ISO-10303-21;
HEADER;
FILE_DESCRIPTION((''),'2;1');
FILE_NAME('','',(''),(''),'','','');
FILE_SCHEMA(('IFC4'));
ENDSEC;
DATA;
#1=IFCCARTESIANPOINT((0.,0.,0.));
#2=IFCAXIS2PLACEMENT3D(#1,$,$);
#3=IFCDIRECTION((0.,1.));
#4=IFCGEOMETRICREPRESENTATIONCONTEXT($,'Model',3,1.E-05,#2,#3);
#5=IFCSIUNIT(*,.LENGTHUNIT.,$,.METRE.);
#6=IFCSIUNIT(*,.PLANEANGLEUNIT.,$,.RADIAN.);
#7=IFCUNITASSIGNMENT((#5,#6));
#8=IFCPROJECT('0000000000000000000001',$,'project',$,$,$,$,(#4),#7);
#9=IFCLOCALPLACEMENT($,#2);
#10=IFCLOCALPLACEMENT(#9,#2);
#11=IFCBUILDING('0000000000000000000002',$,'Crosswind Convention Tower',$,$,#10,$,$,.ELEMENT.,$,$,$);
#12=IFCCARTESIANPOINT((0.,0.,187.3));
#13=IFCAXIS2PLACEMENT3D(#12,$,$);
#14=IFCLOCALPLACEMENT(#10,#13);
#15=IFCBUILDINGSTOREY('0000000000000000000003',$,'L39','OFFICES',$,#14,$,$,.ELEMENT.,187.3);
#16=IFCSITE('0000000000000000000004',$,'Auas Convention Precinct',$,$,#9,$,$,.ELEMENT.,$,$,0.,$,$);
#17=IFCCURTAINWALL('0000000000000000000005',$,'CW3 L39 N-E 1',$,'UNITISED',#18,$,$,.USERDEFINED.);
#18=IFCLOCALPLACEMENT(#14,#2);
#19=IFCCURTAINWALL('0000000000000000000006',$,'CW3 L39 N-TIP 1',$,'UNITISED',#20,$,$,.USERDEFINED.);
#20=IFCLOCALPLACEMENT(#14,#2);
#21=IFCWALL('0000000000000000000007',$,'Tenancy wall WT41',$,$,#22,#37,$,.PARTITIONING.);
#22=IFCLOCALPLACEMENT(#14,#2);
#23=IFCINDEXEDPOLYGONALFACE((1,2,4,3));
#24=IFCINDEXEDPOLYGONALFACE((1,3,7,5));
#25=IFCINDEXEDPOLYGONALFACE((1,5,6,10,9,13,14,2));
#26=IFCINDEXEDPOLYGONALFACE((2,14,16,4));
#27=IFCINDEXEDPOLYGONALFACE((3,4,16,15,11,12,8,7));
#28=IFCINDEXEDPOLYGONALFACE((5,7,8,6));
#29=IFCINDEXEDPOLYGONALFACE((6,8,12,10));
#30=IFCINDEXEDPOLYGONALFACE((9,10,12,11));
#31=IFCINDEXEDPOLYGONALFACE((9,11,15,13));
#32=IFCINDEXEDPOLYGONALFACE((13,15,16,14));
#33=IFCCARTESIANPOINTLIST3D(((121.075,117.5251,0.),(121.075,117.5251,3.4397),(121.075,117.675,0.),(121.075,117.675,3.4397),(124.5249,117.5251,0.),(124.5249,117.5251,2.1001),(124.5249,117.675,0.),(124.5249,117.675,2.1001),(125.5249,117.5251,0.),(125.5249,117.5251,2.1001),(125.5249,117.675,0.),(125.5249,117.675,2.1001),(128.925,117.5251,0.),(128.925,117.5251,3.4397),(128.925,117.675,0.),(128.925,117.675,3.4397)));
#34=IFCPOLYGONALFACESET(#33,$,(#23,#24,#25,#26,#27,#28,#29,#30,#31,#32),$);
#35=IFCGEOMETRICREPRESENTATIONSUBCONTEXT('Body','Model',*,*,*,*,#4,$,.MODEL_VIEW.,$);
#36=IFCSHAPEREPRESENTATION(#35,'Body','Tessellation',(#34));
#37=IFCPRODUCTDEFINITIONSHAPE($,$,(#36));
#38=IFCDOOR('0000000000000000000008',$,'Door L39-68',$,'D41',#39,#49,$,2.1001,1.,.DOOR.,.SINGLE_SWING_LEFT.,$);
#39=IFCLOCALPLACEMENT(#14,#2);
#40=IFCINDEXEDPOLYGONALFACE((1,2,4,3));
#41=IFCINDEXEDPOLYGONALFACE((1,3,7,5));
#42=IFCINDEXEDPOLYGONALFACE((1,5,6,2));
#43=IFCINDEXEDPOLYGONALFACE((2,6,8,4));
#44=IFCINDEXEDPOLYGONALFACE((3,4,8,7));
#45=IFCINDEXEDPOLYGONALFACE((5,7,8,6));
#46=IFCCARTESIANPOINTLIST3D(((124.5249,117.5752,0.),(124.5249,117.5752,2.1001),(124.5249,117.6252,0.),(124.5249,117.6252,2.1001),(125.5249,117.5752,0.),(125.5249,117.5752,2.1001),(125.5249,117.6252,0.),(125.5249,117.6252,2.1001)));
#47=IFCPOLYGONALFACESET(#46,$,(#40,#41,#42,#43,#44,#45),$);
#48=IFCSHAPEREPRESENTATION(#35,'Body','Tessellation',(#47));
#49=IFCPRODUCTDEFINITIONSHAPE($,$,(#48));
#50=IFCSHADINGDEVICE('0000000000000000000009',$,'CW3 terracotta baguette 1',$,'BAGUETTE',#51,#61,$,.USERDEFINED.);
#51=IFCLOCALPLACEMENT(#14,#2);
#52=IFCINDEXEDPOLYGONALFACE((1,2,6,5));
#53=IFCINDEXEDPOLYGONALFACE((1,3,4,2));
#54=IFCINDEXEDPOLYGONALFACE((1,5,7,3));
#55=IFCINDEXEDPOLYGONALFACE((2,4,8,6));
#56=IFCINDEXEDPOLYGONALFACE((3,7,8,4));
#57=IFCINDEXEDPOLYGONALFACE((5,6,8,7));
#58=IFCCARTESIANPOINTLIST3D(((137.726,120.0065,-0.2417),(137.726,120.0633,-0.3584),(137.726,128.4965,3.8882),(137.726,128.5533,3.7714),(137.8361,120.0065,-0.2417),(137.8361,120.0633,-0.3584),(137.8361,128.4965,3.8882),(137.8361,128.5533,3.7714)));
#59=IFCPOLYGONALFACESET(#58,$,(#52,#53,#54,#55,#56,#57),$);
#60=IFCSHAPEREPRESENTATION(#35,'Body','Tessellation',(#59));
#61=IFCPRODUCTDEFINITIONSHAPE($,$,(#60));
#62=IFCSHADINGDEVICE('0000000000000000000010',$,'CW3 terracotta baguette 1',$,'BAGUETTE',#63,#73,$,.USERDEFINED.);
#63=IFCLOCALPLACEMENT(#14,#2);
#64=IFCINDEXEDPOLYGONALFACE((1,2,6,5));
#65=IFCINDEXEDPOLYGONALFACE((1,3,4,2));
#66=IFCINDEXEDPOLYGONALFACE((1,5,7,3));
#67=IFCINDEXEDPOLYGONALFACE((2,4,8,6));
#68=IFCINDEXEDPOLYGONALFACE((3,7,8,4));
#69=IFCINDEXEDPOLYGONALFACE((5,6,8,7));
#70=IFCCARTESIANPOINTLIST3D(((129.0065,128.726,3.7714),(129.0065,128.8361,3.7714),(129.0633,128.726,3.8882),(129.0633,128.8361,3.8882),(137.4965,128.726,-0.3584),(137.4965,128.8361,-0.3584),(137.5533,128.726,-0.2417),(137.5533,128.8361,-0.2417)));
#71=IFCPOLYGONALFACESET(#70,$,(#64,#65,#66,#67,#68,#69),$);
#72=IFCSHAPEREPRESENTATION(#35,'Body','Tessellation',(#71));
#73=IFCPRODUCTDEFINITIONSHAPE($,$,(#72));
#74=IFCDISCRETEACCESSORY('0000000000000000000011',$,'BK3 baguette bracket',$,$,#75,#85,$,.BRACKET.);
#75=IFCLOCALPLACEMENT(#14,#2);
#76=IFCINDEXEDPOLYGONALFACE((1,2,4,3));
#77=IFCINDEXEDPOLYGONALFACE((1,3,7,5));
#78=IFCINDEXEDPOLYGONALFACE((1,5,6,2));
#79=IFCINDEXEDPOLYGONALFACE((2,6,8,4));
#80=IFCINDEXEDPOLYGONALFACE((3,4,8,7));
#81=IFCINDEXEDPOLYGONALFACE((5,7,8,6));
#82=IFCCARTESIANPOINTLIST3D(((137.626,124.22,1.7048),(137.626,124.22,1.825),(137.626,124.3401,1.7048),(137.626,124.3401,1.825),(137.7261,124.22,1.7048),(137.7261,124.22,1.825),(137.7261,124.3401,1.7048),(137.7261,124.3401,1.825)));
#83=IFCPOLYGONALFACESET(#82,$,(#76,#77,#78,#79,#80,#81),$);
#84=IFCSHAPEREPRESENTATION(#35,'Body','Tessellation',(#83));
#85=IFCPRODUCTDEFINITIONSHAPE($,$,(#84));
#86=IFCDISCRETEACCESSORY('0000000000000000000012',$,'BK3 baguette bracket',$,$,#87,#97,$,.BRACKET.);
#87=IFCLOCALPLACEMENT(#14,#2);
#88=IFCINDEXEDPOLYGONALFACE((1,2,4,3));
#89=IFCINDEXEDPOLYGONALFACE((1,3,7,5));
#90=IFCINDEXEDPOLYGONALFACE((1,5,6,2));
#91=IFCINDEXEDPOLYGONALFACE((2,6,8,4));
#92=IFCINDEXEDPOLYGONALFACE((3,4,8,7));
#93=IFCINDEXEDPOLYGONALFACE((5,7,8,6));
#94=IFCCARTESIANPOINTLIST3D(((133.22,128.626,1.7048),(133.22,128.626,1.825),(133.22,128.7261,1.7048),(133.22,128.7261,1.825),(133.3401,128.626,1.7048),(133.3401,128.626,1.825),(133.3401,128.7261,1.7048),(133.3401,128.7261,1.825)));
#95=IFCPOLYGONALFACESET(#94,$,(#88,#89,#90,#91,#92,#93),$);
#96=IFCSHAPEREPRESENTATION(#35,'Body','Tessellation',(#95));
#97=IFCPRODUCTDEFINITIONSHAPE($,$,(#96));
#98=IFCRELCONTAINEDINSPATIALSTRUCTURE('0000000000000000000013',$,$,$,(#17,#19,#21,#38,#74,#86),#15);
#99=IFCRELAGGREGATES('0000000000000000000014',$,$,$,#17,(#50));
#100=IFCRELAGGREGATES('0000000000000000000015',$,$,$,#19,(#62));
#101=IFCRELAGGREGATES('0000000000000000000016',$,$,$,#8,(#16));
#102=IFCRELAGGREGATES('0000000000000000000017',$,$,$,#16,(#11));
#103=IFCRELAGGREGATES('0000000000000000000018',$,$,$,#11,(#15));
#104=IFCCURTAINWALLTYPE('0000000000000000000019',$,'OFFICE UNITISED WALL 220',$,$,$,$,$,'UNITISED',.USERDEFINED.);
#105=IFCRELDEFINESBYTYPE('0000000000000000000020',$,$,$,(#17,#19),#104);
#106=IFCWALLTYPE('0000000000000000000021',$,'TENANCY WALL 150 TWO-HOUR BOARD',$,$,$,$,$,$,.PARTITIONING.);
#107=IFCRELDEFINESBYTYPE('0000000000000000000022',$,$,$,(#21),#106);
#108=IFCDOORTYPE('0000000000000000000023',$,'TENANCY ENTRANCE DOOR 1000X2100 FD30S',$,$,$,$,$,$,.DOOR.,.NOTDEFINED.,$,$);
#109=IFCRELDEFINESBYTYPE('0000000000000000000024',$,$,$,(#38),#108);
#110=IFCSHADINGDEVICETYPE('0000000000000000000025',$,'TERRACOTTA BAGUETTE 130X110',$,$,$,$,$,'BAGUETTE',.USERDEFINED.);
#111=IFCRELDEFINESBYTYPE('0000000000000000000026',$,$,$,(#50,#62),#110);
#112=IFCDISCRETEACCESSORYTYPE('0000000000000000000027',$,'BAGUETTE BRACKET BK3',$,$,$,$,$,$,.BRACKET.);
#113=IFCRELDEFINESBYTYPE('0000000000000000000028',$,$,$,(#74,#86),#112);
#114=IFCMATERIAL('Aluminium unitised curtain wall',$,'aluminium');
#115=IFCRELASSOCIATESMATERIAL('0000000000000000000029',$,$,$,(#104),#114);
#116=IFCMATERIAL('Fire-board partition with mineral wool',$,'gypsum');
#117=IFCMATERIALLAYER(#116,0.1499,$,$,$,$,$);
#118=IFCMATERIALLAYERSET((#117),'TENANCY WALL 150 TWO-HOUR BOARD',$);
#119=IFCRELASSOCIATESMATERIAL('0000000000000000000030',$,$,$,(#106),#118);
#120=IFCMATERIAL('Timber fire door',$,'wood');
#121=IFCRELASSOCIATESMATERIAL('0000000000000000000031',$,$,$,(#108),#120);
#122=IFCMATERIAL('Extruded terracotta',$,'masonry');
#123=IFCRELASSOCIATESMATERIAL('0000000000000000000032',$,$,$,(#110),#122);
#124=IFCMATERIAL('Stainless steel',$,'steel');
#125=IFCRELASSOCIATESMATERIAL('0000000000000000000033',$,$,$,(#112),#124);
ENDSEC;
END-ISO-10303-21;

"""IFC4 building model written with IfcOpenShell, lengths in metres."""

from ifc_helpers import new_model, si_unit, direction, frame, frame_2d, origin, origin_2d, place, context, subcontext, project, spatial, rectangle, extrude, material, layer, layer_set, material_profile, profile_set, type_object, element, fill, aggregate, save


model = new_model("IFC4")

# Units and contexts
model_context = context("Model", 3, precision=1e-05, world=origin(), true_north=direction((0.0, 1.0)))
body_context = subcontext(model_context, "Body", "Model", "MODEL_VIEW")
ifc_project = project(units=[si_unit("LENGTHUNIT", "METRE"), si_unit("PLANEANGLEUNIT", "RADIAN")], contexts=[model_context])

# Site, building, storey
site_placement = place(None, origin())
site = spatial("IfcSite", under=ifc_project, at=site_placement, Name="Auas Convention Precinct", CompositionType="ELEMENT", RefElevation=0.0)
building_placement = place(site_placement, origin())
building = spatial("IfcBuilding", under=site, at=building_placement, Name="Crosswind Convention Tower", CompositionType="ELEMENT")
storey_placement = place(building_placement, frame((0.0, 0.0, 187.3)))
storey = spatial("IfcBuildingStorey", under=building, at=storey_placement, Name="L39", Description="OFFICES", CompositionType="ELEMENT", Elevation=187.3)

# Shared definitions
ifc_material_1 = material(Name="Aluminium unitised curtain wall", Category="aluminium")

# Curtain wall
curtain_wall_type_1 = type_object("IfcCurtainWallType", Name="OFFICE UNITISED WALL 220", ElementType="UNITISED", PredefinedType="USERDEFINED", material=ifc_material_1)
curtain_wall_1_placement = place(storey_placement, origin())
curtain_wall_1 = element("IfcCurtainWall", 1, at=curtain_wall_1_placement, inside=storey, type_object=curtain_wall_type_1, Name="CW3 L39 N-E 1", ObjectType="UNITISED", PredefinedType="USERDEFINED")

# Curtain wall
curtain_wall_2_placement = place(storey_placement, origin())
curtain_wall_2 = element("IfcCurtainWall", 2, at=curtain_wall_2_placement, inside=storey, type_object=curtain_wall_type_1, Name="CW3 L39 N-TIP 1", ObjectType="UNITISED", PredefinedType="USERDEFINED")

# Wall, opening, door
ifc_material_2 = material(Name="Fire-board partition with mineral wool", Category="gypsum")
ifc_layer_1 = layer(ifc_material_2, 0.1499)
ifc_layer_set_1 = layer_set([ifc_layer_1], Name="TENANCY WALL 150 TWO-HOUR BOARD")
wall_type_1 = type_object("IfcWallType", Name="TENANCY WALL 150 TWO-HOUR BOARD", PredefinedType="PARTITIONING", material=ifc_layer_set_1)
wall_1_placement = place(storey_placement, frame((121.075, 117.6001, 0.0), z_axis=(0.0, 0.0, 1.0), x_axis=(1.0, 0.0, 0.0)))
wall_1 = element("IfcWall", 3, at=wall_1_placement, inside=storey, type_object=wall_type_1, Name="Tenancy wall WT41", PredefinedType="PARTITIONING", context=body_context, shape_type="SweptSolid", body=[
    extrude(rectangle(XDim=7.8501, YDim=0.1499, at=frame_2d((3.925, 0.0))), origin(), (0.0, 0.0, 1.0), 3.4397),
])
opening_placement = place(wall_1_placement, frame((3.45, 0.0, 0.0)))
opening = element("IfcOpeningElement", 4, at=opening_placement, cuts=wall_1, PredefinedType="OPENING", context=body_context, shape_type="SweptSolid", body=[
    extrude(rectangle(XDim=1.0, YDim=2.1001, at=frame_2d((0.5, 1.05))), frame((0.0, 0.085, 0.0), z_axis=(0.0, -1.0, 0.0), x_axis=(1.0, 0.0, 0.0)), (0.0, 0.0, 1.0), 0.1699),
])
ifc_material_3 = material(Name="Timber fire door", Category="wood")
door_type = type_object("IfcDoorType", Name="TENANCY ENTRANCE DOOR 1000X2100 FD30S", OperationType="NOTDEFINED", PredefinedType="DOOR", material=ifc_material_3)
door_placement = place(opening_placement, frame((1.0, 0.0, 0.0), z_axis=(0.0, 0.0, 1.0), x_axis=(-1.0, 0.0, 0.0)))
door = element("IfcDoor", 5, at=door_placement, inside=storey, type_object=door_type, Name="Door L39-68", ObjectType="D41", OperationType="SINGLE_SWING_LEFT", OverallHeight=2.1001, OverallWidth=1.0, PredefinedType="DOOR", context=body_context, shape_type="SweptSolid", body=[
    extrude(rectangle(XDim=1.0, YDim=2.1001, at=frame_2d((0.5, 1.05))), frame((0.0, 0.0249, 0.0), z_axis=(0.0, -1.0, 0.0), x_axis=(1.0, 0.0, 0.0)), (0.0, 0.0, 1.0), 0.05),
])
fill(opening, door)

# Shading devices
ifc_material_4 = material(Name="Extruded terracotta", Category="masonry")
ifc_material_profile_1 = material_profile(ifc_material_4, rectangle(XDim=0.1101, YDim=0.1299, at=origin_2d()), Name="TC 110X130")
ifc_profile_set_1 = profile_set([ifc_material_profile_1], Name="Extruded terracotta")
shading_device_type = type_object("IfcShadingDeviceType", Name="TERRACOTTA BAGUETTE 130X110", ElementType="BAGUETTE", PredefinedType="USERDEFINED", material=ifc_profile_set_1)
shading_device_1_placement = place(storey_placement, frame((137.781, 120.0349, -0.3), z_axis=(0.0, 0.899251, 0.437433), x_axis=(-1.0, 0.0, 0.0)))
shading_device_1 = element("IfcShadingDevice", 6, at=shading_device_1_placement, type_object=shading_device_type, Name="CW3 terracotta baguette 1", ObjectType="BAGUETTE", PredefinedType="USERDEFINED", context=body_context, shape_type="SweptSolid", body=[
    extrude(rectangle(XDim=0.1101, YDim=0.1299, at=origin_2d()), origin(), (0.0, 0.0, 1.0), 9.4412),
])
aggregate(curtain_wall_1, [shading_device_1])
shading_device_2_placement = place(storey_placement, frame((137.5249, 128.781, -0.3), z_axis=(-0.899251, 0.0, 0.437433), x_axis=(0.0, -1.0, 0.0)))
shading_device_2 = element("IfcShadingDevice", 7, at=shading_device_2_placement, type_object=shading_device_type, Name="CW3 terracotta baguette 1", ObjectType="BAGUETTE", PredefinedType="USERDEFINED", context=body_context, shape_type="SweptSolid", body=[
    extrude(rectangle(XDim=0.1101, YDim=0.1299, at=origin_2d()), origin(), (0.0, 0.0, 1.0), 9.4412),
])
aggregate(curtain_wall_2, [shading_device_2])

# Discrete accessories
ifc_material_5 = material(Name="Stainless steel", Category="steel")
discrete_accessory_type = type_object("IfcDiscreteAccessoryType", Name="BAGUETTE BRACKET BK3", PredefinedType="BRACKET", material=ifc_material_5)
for number, where, z_axis, x_axis, name in (
    (8, (137.676, 124.28, 1.7048), (0.0, 0.0, 1.0), (0.0, 1.0, 0.0), "BK3 baguette bracket"),
    (9, (133.28, 128.676, 1.7048), (0.0, 0.0, 1.0), (-1.0, 0.0, 0.0), "BK3 baguette bracket"),
):
    element("IfcDiscreteAccessory", number, at=place(storey_placement, frame(where, z_axis=z_axis, x_axis=x_axis)), inside=storey, type_object=discrete_accessory_type, Name=name, PredefinedType="BRACKET", context=body_context, shape_type="SweptSolid", body=[
        extrude(rectangle(XDim=0.1201, YDim=0.1001, at=origin_2d()), origin(), (0.0, 0.0, 1.0), 0.1201),
    ])

save(model, "model.ifc")
